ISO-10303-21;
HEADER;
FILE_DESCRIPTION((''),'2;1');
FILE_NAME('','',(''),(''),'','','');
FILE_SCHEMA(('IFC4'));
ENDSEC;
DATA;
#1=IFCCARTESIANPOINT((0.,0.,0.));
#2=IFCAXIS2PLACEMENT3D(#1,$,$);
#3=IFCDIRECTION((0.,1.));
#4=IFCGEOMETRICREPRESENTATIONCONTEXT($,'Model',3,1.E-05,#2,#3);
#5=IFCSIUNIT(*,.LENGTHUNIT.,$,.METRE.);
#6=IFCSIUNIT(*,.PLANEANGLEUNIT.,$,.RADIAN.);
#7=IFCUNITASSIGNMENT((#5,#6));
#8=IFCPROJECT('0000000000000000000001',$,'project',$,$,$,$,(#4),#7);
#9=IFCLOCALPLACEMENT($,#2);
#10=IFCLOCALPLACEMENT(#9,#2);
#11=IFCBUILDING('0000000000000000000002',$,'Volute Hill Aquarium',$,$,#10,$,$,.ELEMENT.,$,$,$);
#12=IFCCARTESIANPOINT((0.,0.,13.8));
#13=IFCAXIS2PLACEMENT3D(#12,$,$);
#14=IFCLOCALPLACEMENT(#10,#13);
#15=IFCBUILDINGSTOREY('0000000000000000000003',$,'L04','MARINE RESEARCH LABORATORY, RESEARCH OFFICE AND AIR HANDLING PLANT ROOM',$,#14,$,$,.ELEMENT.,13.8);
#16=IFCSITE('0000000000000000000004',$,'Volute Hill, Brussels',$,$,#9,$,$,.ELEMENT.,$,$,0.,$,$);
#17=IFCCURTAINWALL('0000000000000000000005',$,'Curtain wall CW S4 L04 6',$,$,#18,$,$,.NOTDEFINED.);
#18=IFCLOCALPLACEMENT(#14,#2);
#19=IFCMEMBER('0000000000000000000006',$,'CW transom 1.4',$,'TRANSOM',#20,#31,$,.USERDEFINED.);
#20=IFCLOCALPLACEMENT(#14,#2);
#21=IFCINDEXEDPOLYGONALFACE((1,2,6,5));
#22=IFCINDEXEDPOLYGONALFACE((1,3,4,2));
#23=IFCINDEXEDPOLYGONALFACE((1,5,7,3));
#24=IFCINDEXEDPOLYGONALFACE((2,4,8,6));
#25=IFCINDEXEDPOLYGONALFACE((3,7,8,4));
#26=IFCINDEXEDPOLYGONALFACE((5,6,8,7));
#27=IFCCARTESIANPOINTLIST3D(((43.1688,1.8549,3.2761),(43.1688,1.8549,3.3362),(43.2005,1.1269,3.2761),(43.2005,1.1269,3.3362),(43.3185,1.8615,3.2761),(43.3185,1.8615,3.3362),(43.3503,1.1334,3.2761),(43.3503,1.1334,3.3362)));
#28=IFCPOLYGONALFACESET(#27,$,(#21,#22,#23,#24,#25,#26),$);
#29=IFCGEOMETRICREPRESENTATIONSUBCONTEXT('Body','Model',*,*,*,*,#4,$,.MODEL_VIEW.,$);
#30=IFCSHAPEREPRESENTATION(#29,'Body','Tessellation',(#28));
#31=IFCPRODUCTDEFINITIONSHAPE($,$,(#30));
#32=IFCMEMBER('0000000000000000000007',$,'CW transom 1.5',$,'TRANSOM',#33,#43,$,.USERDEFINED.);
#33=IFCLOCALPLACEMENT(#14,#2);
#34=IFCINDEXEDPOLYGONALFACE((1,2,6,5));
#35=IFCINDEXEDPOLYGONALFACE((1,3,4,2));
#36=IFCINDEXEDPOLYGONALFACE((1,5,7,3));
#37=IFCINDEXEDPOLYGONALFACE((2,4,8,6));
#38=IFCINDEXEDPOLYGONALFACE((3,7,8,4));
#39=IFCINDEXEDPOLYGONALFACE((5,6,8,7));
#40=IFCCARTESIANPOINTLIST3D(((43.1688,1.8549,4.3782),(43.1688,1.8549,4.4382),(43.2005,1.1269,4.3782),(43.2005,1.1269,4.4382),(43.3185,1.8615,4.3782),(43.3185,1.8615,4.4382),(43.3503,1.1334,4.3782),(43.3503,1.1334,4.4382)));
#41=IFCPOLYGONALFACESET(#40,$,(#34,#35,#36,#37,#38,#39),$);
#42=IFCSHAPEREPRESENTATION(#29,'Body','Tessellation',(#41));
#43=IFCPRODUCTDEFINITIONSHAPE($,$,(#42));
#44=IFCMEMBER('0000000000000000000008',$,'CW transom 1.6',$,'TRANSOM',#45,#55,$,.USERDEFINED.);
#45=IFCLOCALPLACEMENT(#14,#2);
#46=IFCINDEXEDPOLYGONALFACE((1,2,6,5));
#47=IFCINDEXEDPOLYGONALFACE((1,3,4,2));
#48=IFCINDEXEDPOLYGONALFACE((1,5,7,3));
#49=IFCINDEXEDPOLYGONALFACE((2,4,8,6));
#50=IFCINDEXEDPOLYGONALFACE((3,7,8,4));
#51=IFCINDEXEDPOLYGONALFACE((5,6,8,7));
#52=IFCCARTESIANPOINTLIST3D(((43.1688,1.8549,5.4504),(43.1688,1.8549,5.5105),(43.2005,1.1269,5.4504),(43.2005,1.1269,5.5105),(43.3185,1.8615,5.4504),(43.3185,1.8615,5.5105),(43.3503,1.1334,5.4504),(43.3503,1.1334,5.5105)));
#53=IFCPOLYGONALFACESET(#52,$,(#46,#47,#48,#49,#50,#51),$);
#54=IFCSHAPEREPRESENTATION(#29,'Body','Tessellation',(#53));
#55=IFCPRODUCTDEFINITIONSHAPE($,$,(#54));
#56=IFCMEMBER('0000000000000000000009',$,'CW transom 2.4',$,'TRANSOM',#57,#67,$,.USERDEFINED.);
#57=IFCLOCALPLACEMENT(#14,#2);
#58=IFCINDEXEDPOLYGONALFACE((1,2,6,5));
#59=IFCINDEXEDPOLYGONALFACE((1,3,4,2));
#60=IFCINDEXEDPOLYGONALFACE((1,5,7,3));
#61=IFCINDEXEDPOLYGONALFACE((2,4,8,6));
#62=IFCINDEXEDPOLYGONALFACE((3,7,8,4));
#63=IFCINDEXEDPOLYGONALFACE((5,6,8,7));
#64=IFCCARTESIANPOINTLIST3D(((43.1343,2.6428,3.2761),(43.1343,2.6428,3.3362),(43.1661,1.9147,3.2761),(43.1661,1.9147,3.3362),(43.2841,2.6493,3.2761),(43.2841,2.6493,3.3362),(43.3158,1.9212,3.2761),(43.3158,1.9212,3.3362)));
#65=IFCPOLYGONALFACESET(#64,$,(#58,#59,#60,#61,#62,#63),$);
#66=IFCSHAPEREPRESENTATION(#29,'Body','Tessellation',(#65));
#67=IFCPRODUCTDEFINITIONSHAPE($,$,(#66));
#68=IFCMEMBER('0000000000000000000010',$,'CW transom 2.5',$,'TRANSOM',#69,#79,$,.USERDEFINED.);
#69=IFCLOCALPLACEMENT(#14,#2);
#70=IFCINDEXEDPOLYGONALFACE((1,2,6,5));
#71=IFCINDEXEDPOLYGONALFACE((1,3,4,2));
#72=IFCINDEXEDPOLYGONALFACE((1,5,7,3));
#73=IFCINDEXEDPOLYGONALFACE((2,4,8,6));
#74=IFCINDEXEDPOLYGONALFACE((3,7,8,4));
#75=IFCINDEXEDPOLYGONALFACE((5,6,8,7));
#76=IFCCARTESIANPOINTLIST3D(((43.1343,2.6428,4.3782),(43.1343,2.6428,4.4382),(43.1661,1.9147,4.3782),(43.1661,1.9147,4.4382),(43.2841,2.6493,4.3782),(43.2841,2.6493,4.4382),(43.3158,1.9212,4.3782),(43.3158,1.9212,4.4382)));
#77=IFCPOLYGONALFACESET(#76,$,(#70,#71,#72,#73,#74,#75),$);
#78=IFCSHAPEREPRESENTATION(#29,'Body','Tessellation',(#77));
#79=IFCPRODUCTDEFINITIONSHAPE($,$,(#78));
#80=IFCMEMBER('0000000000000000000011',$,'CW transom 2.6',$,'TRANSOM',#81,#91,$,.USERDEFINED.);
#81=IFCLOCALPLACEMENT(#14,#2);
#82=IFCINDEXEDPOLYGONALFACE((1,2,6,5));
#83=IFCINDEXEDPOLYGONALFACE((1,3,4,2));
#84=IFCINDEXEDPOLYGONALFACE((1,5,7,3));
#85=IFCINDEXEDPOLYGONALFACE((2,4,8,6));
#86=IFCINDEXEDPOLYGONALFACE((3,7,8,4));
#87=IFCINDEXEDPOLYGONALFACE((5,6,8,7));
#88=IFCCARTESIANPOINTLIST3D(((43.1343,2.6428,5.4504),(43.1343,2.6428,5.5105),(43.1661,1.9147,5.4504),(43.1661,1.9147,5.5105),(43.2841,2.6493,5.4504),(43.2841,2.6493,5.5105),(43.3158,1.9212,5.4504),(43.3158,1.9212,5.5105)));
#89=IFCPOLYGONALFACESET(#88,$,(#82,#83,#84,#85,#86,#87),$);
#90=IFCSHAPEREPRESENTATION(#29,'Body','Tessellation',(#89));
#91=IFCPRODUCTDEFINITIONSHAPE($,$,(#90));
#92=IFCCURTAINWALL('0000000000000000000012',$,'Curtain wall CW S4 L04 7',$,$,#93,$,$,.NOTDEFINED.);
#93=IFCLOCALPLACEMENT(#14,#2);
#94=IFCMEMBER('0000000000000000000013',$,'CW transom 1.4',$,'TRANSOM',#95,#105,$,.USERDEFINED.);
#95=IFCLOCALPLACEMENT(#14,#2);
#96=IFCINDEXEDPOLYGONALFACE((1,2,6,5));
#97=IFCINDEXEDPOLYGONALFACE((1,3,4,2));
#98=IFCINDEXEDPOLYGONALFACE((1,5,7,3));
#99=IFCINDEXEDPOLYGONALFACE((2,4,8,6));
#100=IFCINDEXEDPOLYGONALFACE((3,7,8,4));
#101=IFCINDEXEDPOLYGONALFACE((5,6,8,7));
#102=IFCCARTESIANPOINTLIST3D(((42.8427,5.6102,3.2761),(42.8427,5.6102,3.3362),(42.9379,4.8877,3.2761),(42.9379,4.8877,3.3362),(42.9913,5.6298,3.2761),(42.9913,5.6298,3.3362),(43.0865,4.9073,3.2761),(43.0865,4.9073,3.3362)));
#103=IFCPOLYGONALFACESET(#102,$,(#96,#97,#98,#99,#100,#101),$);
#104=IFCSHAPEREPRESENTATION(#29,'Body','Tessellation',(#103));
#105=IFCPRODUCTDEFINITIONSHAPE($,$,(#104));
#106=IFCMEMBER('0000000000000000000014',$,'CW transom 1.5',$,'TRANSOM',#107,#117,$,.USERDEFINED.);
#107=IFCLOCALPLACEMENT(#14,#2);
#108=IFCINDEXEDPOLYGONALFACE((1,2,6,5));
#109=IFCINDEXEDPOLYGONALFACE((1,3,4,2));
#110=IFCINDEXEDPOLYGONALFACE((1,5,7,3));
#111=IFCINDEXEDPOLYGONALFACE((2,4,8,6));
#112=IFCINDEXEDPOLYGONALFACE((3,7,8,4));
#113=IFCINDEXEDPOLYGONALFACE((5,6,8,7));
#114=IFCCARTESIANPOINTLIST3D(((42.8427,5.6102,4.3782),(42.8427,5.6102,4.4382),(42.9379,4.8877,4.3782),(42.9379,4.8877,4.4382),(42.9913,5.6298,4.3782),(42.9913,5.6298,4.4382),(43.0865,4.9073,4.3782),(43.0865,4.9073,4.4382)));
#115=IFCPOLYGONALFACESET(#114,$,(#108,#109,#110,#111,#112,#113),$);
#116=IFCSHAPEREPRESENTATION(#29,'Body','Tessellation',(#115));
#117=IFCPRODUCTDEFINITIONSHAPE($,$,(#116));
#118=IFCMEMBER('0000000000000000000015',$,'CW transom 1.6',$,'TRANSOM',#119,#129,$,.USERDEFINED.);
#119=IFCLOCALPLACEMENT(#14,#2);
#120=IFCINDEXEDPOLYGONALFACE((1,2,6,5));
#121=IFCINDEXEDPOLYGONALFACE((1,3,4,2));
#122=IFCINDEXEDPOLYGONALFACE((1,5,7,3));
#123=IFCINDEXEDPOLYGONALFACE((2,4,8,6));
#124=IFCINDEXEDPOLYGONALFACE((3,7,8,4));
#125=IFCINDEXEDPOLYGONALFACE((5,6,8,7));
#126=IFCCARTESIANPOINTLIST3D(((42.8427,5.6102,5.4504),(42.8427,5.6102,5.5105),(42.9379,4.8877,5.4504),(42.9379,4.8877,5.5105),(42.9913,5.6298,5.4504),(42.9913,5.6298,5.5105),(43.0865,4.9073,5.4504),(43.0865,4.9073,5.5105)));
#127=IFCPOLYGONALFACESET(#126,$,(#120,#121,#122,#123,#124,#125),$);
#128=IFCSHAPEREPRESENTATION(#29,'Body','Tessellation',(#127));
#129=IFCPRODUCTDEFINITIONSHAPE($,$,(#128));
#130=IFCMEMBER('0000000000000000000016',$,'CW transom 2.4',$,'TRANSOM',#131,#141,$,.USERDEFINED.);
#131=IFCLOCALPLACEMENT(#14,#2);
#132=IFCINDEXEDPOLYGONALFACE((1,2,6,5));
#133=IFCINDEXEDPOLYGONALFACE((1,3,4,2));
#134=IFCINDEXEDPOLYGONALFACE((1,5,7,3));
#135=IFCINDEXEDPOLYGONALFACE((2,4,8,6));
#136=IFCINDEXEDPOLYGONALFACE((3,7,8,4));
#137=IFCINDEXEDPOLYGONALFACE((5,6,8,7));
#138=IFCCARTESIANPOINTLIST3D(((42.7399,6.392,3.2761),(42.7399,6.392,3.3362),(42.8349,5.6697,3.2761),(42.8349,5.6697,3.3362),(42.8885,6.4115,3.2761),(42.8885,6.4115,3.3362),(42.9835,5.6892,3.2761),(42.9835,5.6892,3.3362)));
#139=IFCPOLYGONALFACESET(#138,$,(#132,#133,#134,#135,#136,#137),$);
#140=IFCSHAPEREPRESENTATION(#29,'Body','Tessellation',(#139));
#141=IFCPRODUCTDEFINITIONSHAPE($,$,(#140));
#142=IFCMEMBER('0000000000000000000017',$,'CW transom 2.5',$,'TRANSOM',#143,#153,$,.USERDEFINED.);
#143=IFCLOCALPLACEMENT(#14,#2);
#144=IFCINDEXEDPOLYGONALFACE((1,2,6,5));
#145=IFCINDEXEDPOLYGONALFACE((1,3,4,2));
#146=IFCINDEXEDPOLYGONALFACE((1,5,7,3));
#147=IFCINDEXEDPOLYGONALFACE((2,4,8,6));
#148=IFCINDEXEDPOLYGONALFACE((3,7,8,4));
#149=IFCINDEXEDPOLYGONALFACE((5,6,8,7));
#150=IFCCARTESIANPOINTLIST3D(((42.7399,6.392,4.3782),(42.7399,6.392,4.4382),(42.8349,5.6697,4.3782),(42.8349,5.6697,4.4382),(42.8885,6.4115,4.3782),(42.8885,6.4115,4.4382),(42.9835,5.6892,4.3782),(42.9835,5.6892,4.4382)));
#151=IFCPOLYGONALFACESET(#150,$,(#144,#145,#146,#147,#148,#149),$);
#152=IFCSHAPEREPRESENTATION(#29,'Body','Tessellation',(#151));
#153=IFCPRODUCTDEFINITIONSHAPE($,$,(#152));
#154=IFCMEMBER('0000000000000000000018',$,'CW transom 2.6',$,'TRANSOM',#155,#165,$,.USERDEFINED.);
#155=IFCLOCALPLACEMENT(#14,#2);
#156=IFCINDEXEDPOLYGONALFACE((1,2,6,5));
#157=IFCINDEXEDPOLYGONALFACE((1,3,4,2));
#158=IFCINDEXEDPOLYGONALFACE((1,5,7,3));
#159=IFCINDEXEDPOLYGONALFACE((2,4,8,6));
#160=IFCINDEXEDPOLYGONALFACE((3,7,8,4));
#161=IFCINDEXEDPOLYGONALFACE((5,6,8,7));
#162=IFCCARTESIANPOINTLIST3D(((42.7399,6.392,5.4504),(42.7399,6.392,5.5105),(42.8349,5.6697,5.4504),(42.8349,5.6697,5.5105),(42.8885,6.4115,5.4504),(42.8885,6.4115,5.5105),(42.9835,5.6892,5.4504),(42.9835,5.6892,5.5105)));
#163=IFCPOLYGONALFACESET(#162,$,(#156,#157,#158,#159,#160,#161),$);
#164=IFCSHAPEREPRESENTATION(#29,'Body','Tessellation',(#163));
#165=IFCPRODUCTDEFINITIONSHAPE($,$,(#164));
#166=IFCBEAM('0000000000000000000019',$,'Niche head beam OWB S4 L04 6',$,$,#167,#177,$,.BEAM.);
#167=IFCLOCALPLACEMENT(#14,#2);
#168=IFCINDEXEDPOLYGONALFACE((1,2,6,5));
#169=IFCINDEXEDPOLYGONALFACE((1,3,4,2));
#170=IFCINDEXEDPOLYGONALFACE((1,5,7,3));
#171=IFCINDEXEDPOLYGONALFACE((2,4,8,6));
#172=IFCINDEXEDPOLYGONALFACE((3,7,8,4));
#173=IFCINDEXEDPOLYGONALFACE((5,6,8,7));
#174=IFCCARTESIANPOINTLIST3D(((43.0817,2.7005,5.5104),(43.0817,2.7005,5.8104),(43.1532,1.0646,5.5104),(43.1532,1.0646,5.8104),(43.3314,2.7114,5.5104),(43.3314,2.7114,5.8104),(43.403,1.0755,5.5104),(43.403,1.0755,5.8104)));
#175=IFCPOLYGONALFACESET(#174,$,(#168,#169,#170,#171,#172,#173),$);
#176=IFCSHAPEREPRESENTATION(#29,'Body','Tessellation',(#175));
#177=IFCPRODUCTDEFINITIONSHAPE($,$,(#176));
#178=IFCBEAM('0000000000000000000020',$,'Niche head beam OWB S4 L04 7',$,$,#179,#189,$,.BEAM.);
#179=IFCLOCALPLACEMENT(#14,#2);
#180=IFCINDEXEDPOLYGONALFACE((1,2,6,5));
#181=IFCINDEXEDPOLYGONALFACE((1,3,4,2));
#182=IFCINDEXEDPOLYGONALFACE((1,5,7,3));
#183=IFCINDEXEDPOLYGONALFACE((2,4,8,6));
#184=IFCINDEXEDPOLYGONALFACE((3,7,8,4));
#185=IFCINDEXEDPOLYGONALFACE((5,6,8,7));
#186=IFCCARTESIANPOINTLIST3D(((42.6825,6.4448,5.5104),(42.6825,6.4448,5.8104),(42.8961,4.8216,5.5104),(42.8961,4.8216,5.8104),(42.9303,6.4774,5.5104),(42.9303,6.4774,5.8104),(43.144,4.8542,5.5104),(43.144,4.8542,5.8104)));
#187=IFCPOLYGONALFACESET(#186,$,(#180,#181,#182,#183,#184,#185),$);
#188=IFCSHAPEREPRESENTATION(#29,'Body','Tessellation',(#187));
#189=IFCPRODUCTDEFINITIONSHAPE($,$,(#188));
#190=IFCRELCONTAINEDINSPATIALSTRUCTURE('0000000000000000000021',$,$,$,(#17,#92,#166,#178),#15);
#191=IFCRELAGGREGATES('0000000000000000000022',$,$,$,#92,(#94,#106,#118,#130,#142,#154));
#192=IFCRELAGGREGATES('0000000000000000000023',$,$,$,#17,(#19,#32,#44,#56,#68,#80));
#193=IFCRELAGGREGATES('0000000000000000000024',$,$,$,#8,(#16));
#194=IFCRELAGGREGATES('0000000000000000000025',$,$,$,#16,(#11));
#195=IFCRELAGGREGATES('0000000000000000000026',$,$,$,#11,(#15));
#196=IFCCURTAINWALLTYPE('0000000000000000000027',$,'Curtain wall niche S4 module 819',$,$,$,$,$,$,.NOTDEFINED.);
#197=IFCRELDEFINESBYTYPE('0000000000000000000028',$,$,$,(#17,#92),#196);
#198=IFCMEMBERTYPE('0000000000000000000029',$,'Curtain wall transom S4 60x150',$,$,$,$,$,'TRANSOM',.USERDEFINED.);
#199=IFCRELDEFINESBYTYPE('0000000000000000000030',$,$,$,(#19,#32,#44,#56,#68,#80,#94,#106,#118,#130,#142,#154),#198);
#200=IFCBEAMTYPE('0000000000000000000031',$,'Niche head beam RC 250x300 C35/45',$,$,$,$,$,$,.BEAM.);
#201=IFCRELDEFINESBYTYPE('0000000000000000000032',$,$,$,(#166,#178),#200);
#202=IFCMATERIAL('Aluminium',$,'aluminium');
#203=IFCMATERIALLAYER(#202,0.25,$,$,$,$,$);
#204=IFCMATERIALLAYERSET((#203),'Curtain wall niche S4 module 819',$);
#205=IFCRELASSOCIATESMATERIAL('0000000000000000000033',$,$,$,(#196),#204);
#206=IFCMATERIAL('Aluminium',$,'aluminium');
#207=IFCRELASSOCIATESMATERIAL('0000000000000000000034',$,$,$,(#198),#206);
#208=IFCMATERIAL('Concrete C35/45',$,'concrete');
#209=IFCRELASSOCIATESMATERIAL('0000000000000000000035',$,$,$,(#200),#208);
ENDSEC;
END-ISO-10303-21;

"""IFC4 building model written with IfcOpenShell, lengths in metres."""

from ifc_helpers import new_model, si_unit, direction, frame, origin, origin_2d, place, context, subcontext, project, spatial, rectangle, extrude, material, layer, layer_set, material_profile, profile_set, type_object, element, aggregate, save


model = new_model("IFC4")

# Units and contexts
model_context = context("Model", 3, precision=1e-05, world=origin(), true_north=direction((0.0, 1.0)))
body_context = subcontext(model_context, "Body", "Model", "MODEL_VIEW")
ifc_project = project(units=[si_unit("LENGTHUNIT", "METRE"), si_unit("PLANEANGLEUNIT", "RADIAN")], contexts=[model_context])

# Site, building, storey
site_placement = place(None, origin())
site = spatial("IfcSite", under=ifc_project, at=site_placement, Name="Volute Hill, Brussels", CompositionType="ELEMENT", RefElevation=0.0)
building_placement = place(site_placement, origin())
building = spatial("IfcBuilding", under=site, at=building_placement, Name="Volute Hill Aquarium", CompositionType="ELEMENT")
storey_placement = place(building_placement, frame((0.0, 0.0, 13.8)))
storey = spatial("IfcBuildingStorey", under=building, at=storey_placement, Name="L04", Description="MARINE RESEARCH LABORATORY, RESEARCH OFFICE AND AIR HANDLING PLANT ROOM", CompositionType="ELEMENT", Elevation=13.8)

# Curtain walls, members
ifc_material_1 = material(Name="Aluminium", Category="aluminium")
ifc_layer_1 = layer(ifc_material_1, 0.25)
ifc_layer_set_1 = layer_set([ifc_layer_1], Name="Curtain wall niche S4 module 819")
curtain_wall_type = type_object("IfcCurtainWallType", Name="Curtain wall niche S4 module 819", PredefinedType="NOTDEFINED", material=ifc_layer_set_1)
curtain_wall_1_placement = place(storey_placement, origin())
curtain_wall_1 = element("IfcCurtainWall", 1, at=curtain_wall_1_placement, inside=storey, type_object=curtain_wall_type, Name="Curtain wall CW S4 L04 6", PredefinedType="NOTDEFINED")
ifc_material_2 = material(Name="Aluminium", Category="aluminium")
ifc_material_profile_1 = material_profile(ifc_material_2, rectangle(XDim=0.1499, YDim=0.0601, at=origin_2d()), Name="Curtain wall transom S4 60x150")
ifc_profile_set_1 = profile_set([ifc_material_profile_1], Name="Aluminium")
member_type = type_object("IfcMemberType", Name="Curtain wall transom S4 60x150", ElementType="TRANSOM", PredefinedType="USERDEFINED", material=ifc_profile_set_1)
member_1_placement = place(storey_placement, frame((43.2754, 1.1301, 3.3062), z_axis=(-0.043554, 0.999051, 0.0), x_axis=(-0.999051, -0.043554, 0.0)))
member_1 = element("IfcMember", 2, at=member_1_placement, type_object=member_type, Name="CW transom 1.4", ObjectType="TRANSOM", PredefinedType="USERDEFINED", context=body_context, shape_type="SweptSolid", body=[
    extrude(rectangle(XDim=0.1499, YDim=0.0601, at=origin_2d()), origin(), (0.0, 0.0, 1.0), 0.7288),
])
member_2_placement = place(storey_placement, frame((43.2754, 1.1301, 4.4082), z_axis=(-0.043554, 0.999051, 0.0), x_axis=(-0.999051, -0.043554, 0.0)))
member_2 = element("IfcMember", 3, at=member_2_placement, type_object=member_type, Name="CW transom 1.5", ObjectType="TRANSOM", PredefinedType="USERDEFINED", context=body_context, shape_type="SweptSolid", body=[
    extrude(rectangle(XDim=0.1499, YDim=0.0601, at=origin_2d()), origin(), (0.0, 0.0, 1.0), 0.7288),
])
member_3_placement = place(storey_placement, frame((43.2754, 1.1301, 5.4805), z_axis=(-0.043554, 0.999051, 0.0), x_axis=(-0.999051, -0.043554, 0.0)))
member_3 = element("IfcMember", 4, at=member_3_placement, type_object=member_type, Name="CW transom 1.6", ObjectType="TRANSOM", PredefinedType="USERDEFINED", context=body_context, shape_type="SweptSolid", body=[
    extrude(rectangle(XDim=0.1499, YDim=0.0601, at=origin_2d()), origin(), (0.0, 0.0, 1.0), 0.7288),
])
member_4_placement = place(storey_placement, frame((43.241, 1.918, 3.3062), z_axis=(-0.043554, 0.999051, 0.0), x_axis=(-0.999051, -0.043554, 0.0)))
member_4 = element("IfcMember", 5, at=member_4_placement, type_object=member_type, Name="CW transom 2.4", ObjectType="TRANSOM", PredefinedType="USERDEFINED", context=body_context, shape_type="SweptSolid", body=[
    extrude(rectangle(XDim=0.1499, YDim=0.0601, at=origin_2d()), origin(), (0.0, 0.0, 1.0), 0.7288),
])
member_5_placement = place(storey_placement, frame((43.241, 1.918, 4.4082), z_axis=(-0.043554, 0.999051, 0.0), x_axis=(-0.999051, -0.043554, 0.0)))
member_5 = element("IfcMember", 6, at=member_5_placement, type_object=member_type, Name="CW transom 2.5", ObjectType="TRANSOM", PredefinedType="USERDEFINED", context=body_context, shape_type="SweptSolid", body=[
    extrude(rectangle(XDim=0.1499, YDim=0.0601, at=origin_2d()), origin(), (0.0, 0.0, 1.0), 0.7288),
])
member_6_placement = place(storey_placement, frame((43.241, 1.918, 5.4805), z_axis=(-0.043554, 0.999051, 0.0), x_axis=(-0.999051, -0.043554, 0.0)))
member_6 = element("IfcMember", 7, at=member_6_placement, type_object=member_type, Name="CW transom 2.6", ObjectType="TRANSOM", PredefinedType="USERDEFINED", context=body_context, shape_type="SweptSolid", body=[
    extrude(rectangle(XDim=0.1499, YDim=0.0601, at=origin_2d()), origin(), (0.0, 0.0, 1.0), 0.7288),
])
curtain_wall_2_placement = place(storey_placement, origin())
curtain_wall_2 = element("IfcCurtainWall", 8, at=curtain_wall_2_placement, inside=storey, type_object=curtain_wall_type, Name="Curtain wall CW S4 L04 7", PredefinedType="NOTDEFINED")
member_7_placement = place(storey_placement, frame((43.0122, 4.8975, 3.3062), z_axis=(-0.130671, 0.991426, 0.0), x_axis=(-0.991426, -0.130671, 0.0)))
member_7 = element("IfcMember", 9, at=member_7_placement, type_object=member_type, Name="CW transom 1.4", ObjectType="TRANSOM", PredefinedType="USERDEFINED", context=body_context, shape_type="SweptSolid", body=[
    extrude(rectangle(XDim=0.1499, YDim=0.0601, at=origin_2d()), origin(), (0.0, 0.0, 1.0), 0.7288),
])
member_8_placement = place(storey_placement, frame((43.0122, 4.8975, 4.4082), z_axis=(-0.130671, 0.991426, 0.0), x_axis=(-0.991426, -0.130671, 0.0)))
member_8 = element("IfcMember", 10, at=member_8_placement, type_object=member_type, Name="CW transom 1.5", ObjectType="TRANSOM", PredefinedType="USERDEFINED", context=body_context, shape_type="SweptSolid", body=[
    extrude(rectangle(XDim=0.1499, YDim=0.0601, at=origin_2d()), origin(), (0.0, 0.0, 1.0), 0.7288),
])
member_9_placement = place(storey_placement, frame((43.0122, 4.8975, 5.4805), z_axis=(-0.130671, 0.991426, 0.0), x_axis=(-0.991426, -0.130671, 0.0)))
member_9 = element("IfcMember", 11, at=member_9_placement, type_object=member_type, Name="CW transom 1.6", ObjectType="TRANSOM", PredefinedType="USERDEFINED", context=body_context, shape_type="SweptSolid", body=[
    extrude(rectangle(XDim=0.1499, YDim=0.0601, at=origin_2d()), origin(), (0.0, 0.0, 1.0), 0.7288),
])
member_10_placement = place(storey_placement, frame((42.9092, 5.6794, 3.3062), z_axis=(-0.130342, 0.991469, 0.0), x_axis=(-0.991469, -0.130342, 0.0)))
member_10 = element("IfcMember", 12, at=member_10_placement, type_object=member_type, Name="CW transom 2.4", ObjectType="TRANSOM", PredefinedType="USERDEFINED", context=body_context, shape_type="SweptSolid", body=[
    extrude(rectangle(XDim=0.1499, YDim=0.0601, at=origin_2d()), origin(), (0.0, 0.0, 1.0), 0.7285),
])
member_11_placement = place(storey_placement, frame((42.9092, 5.6794, 4.4082), z_axis=(-0.130342, 0.991469, 0.0), x_axis=(-0.991469, -0.130342, 0.0)))
member_11 = element("IfcMember", 13, at=member_11_placement, type_object=member_type, Name="CW transom 2.5", ObjectType="TRANSOM", PredefinedType="USERDEFINED", context=body_context, shape_type="SweptSolid", body=[
    extrude(rectangle(XDim=0.1499, YDim=0.0601, at=origin_2d()), origin(), (0.0, 0.0, 1.0), 0.7285),
])
member_12_placement = place(storey_placement, frame((42.9092, 5.6794, 5.4805), z_axis=(-0.130342, 0.991469, 0.0), x_axis=(-0.991469, -0.130342, 0.0)))
member_12 = element("IfcMember", 14, at=member_12_placement, type_object=member_type, Name="CW transom 2.6", ObjectType="TRANSOM", PredefinedType="USERDEFINED", context=body_context, shape_type="SweptSolid", body=[
    extrude(rectangle(XDim=0.1499, YDim=0.0601, at=origin_2d()), origin(), (0.0, 0.0, 1.0), 0.7285),
])

# Beams
ifc_material_3 = material(Name="Concrete C35/45", Category="concrete")
ifc_material_profile_2 = material_profile(ifc_material_3, rectangle(XDim=0.25, YDim=0.3, at=origin_2d()), Name="RC beam 250x300")
ifc_profile_set_2 = profile_set([ifc_material_profile_2], Name="Concrete C35/45")
beam_type = type_object("IfcBeamType", Name="Niche head beam RC 250x300 C35/45", PredefinedType="BEAM", material=ifc_profile_set_2)
beam_1_placement = place(storey_placement, frame((43.2781, 1.0701, 5.6604), z_axis=(-0.043683, 0.999045, 0.0), x_axis=(-0.999045, -0.043683, 0.0)))
element("IfcBeam", 15, at=beam_1_placement, inside=storey, type_object=beam_type, Name="Niche head beam OWB S4 L04 6", PredefinedType="BEAM", context=body_context, shape_type="SweptSolid", body=[
    extrude(rectangle(XDim=0.25, YDim=0.3, at=origin_2d()), origin(), (0.0, 0.0, 1.0), 1.6375),
])
beam_2_placement = place(storey_placement, frame((43.02, 4.8379, 5.6604), z_axis=(-0.130474, 0.991452, 0.0), x_axis=(-0.991452, -0.130474, 0.0)))
element("IfcBeam", 16, at=beam_2_placement, inside=storey, type_object=beam_type, Name="Niche head beam OWB S4 L04 7", PredefinedType="BEAM", context=body_context, shape_type="SweptSolid", body=[
    extrude(rectangle(XDim=0.25, YDim=0.3, at=origin_2d()), origin(), (0.0, 0.0, 1.0), 1.6372),
])

aggregate(curtain_wall_2, [member_7, member_8, member_9, member_10, member_11, member_12])
aggregate(curtain_wall_1, [member_1, member_2, member_3, member_4, member_5, member_6])

save(model, "model.ifc")
